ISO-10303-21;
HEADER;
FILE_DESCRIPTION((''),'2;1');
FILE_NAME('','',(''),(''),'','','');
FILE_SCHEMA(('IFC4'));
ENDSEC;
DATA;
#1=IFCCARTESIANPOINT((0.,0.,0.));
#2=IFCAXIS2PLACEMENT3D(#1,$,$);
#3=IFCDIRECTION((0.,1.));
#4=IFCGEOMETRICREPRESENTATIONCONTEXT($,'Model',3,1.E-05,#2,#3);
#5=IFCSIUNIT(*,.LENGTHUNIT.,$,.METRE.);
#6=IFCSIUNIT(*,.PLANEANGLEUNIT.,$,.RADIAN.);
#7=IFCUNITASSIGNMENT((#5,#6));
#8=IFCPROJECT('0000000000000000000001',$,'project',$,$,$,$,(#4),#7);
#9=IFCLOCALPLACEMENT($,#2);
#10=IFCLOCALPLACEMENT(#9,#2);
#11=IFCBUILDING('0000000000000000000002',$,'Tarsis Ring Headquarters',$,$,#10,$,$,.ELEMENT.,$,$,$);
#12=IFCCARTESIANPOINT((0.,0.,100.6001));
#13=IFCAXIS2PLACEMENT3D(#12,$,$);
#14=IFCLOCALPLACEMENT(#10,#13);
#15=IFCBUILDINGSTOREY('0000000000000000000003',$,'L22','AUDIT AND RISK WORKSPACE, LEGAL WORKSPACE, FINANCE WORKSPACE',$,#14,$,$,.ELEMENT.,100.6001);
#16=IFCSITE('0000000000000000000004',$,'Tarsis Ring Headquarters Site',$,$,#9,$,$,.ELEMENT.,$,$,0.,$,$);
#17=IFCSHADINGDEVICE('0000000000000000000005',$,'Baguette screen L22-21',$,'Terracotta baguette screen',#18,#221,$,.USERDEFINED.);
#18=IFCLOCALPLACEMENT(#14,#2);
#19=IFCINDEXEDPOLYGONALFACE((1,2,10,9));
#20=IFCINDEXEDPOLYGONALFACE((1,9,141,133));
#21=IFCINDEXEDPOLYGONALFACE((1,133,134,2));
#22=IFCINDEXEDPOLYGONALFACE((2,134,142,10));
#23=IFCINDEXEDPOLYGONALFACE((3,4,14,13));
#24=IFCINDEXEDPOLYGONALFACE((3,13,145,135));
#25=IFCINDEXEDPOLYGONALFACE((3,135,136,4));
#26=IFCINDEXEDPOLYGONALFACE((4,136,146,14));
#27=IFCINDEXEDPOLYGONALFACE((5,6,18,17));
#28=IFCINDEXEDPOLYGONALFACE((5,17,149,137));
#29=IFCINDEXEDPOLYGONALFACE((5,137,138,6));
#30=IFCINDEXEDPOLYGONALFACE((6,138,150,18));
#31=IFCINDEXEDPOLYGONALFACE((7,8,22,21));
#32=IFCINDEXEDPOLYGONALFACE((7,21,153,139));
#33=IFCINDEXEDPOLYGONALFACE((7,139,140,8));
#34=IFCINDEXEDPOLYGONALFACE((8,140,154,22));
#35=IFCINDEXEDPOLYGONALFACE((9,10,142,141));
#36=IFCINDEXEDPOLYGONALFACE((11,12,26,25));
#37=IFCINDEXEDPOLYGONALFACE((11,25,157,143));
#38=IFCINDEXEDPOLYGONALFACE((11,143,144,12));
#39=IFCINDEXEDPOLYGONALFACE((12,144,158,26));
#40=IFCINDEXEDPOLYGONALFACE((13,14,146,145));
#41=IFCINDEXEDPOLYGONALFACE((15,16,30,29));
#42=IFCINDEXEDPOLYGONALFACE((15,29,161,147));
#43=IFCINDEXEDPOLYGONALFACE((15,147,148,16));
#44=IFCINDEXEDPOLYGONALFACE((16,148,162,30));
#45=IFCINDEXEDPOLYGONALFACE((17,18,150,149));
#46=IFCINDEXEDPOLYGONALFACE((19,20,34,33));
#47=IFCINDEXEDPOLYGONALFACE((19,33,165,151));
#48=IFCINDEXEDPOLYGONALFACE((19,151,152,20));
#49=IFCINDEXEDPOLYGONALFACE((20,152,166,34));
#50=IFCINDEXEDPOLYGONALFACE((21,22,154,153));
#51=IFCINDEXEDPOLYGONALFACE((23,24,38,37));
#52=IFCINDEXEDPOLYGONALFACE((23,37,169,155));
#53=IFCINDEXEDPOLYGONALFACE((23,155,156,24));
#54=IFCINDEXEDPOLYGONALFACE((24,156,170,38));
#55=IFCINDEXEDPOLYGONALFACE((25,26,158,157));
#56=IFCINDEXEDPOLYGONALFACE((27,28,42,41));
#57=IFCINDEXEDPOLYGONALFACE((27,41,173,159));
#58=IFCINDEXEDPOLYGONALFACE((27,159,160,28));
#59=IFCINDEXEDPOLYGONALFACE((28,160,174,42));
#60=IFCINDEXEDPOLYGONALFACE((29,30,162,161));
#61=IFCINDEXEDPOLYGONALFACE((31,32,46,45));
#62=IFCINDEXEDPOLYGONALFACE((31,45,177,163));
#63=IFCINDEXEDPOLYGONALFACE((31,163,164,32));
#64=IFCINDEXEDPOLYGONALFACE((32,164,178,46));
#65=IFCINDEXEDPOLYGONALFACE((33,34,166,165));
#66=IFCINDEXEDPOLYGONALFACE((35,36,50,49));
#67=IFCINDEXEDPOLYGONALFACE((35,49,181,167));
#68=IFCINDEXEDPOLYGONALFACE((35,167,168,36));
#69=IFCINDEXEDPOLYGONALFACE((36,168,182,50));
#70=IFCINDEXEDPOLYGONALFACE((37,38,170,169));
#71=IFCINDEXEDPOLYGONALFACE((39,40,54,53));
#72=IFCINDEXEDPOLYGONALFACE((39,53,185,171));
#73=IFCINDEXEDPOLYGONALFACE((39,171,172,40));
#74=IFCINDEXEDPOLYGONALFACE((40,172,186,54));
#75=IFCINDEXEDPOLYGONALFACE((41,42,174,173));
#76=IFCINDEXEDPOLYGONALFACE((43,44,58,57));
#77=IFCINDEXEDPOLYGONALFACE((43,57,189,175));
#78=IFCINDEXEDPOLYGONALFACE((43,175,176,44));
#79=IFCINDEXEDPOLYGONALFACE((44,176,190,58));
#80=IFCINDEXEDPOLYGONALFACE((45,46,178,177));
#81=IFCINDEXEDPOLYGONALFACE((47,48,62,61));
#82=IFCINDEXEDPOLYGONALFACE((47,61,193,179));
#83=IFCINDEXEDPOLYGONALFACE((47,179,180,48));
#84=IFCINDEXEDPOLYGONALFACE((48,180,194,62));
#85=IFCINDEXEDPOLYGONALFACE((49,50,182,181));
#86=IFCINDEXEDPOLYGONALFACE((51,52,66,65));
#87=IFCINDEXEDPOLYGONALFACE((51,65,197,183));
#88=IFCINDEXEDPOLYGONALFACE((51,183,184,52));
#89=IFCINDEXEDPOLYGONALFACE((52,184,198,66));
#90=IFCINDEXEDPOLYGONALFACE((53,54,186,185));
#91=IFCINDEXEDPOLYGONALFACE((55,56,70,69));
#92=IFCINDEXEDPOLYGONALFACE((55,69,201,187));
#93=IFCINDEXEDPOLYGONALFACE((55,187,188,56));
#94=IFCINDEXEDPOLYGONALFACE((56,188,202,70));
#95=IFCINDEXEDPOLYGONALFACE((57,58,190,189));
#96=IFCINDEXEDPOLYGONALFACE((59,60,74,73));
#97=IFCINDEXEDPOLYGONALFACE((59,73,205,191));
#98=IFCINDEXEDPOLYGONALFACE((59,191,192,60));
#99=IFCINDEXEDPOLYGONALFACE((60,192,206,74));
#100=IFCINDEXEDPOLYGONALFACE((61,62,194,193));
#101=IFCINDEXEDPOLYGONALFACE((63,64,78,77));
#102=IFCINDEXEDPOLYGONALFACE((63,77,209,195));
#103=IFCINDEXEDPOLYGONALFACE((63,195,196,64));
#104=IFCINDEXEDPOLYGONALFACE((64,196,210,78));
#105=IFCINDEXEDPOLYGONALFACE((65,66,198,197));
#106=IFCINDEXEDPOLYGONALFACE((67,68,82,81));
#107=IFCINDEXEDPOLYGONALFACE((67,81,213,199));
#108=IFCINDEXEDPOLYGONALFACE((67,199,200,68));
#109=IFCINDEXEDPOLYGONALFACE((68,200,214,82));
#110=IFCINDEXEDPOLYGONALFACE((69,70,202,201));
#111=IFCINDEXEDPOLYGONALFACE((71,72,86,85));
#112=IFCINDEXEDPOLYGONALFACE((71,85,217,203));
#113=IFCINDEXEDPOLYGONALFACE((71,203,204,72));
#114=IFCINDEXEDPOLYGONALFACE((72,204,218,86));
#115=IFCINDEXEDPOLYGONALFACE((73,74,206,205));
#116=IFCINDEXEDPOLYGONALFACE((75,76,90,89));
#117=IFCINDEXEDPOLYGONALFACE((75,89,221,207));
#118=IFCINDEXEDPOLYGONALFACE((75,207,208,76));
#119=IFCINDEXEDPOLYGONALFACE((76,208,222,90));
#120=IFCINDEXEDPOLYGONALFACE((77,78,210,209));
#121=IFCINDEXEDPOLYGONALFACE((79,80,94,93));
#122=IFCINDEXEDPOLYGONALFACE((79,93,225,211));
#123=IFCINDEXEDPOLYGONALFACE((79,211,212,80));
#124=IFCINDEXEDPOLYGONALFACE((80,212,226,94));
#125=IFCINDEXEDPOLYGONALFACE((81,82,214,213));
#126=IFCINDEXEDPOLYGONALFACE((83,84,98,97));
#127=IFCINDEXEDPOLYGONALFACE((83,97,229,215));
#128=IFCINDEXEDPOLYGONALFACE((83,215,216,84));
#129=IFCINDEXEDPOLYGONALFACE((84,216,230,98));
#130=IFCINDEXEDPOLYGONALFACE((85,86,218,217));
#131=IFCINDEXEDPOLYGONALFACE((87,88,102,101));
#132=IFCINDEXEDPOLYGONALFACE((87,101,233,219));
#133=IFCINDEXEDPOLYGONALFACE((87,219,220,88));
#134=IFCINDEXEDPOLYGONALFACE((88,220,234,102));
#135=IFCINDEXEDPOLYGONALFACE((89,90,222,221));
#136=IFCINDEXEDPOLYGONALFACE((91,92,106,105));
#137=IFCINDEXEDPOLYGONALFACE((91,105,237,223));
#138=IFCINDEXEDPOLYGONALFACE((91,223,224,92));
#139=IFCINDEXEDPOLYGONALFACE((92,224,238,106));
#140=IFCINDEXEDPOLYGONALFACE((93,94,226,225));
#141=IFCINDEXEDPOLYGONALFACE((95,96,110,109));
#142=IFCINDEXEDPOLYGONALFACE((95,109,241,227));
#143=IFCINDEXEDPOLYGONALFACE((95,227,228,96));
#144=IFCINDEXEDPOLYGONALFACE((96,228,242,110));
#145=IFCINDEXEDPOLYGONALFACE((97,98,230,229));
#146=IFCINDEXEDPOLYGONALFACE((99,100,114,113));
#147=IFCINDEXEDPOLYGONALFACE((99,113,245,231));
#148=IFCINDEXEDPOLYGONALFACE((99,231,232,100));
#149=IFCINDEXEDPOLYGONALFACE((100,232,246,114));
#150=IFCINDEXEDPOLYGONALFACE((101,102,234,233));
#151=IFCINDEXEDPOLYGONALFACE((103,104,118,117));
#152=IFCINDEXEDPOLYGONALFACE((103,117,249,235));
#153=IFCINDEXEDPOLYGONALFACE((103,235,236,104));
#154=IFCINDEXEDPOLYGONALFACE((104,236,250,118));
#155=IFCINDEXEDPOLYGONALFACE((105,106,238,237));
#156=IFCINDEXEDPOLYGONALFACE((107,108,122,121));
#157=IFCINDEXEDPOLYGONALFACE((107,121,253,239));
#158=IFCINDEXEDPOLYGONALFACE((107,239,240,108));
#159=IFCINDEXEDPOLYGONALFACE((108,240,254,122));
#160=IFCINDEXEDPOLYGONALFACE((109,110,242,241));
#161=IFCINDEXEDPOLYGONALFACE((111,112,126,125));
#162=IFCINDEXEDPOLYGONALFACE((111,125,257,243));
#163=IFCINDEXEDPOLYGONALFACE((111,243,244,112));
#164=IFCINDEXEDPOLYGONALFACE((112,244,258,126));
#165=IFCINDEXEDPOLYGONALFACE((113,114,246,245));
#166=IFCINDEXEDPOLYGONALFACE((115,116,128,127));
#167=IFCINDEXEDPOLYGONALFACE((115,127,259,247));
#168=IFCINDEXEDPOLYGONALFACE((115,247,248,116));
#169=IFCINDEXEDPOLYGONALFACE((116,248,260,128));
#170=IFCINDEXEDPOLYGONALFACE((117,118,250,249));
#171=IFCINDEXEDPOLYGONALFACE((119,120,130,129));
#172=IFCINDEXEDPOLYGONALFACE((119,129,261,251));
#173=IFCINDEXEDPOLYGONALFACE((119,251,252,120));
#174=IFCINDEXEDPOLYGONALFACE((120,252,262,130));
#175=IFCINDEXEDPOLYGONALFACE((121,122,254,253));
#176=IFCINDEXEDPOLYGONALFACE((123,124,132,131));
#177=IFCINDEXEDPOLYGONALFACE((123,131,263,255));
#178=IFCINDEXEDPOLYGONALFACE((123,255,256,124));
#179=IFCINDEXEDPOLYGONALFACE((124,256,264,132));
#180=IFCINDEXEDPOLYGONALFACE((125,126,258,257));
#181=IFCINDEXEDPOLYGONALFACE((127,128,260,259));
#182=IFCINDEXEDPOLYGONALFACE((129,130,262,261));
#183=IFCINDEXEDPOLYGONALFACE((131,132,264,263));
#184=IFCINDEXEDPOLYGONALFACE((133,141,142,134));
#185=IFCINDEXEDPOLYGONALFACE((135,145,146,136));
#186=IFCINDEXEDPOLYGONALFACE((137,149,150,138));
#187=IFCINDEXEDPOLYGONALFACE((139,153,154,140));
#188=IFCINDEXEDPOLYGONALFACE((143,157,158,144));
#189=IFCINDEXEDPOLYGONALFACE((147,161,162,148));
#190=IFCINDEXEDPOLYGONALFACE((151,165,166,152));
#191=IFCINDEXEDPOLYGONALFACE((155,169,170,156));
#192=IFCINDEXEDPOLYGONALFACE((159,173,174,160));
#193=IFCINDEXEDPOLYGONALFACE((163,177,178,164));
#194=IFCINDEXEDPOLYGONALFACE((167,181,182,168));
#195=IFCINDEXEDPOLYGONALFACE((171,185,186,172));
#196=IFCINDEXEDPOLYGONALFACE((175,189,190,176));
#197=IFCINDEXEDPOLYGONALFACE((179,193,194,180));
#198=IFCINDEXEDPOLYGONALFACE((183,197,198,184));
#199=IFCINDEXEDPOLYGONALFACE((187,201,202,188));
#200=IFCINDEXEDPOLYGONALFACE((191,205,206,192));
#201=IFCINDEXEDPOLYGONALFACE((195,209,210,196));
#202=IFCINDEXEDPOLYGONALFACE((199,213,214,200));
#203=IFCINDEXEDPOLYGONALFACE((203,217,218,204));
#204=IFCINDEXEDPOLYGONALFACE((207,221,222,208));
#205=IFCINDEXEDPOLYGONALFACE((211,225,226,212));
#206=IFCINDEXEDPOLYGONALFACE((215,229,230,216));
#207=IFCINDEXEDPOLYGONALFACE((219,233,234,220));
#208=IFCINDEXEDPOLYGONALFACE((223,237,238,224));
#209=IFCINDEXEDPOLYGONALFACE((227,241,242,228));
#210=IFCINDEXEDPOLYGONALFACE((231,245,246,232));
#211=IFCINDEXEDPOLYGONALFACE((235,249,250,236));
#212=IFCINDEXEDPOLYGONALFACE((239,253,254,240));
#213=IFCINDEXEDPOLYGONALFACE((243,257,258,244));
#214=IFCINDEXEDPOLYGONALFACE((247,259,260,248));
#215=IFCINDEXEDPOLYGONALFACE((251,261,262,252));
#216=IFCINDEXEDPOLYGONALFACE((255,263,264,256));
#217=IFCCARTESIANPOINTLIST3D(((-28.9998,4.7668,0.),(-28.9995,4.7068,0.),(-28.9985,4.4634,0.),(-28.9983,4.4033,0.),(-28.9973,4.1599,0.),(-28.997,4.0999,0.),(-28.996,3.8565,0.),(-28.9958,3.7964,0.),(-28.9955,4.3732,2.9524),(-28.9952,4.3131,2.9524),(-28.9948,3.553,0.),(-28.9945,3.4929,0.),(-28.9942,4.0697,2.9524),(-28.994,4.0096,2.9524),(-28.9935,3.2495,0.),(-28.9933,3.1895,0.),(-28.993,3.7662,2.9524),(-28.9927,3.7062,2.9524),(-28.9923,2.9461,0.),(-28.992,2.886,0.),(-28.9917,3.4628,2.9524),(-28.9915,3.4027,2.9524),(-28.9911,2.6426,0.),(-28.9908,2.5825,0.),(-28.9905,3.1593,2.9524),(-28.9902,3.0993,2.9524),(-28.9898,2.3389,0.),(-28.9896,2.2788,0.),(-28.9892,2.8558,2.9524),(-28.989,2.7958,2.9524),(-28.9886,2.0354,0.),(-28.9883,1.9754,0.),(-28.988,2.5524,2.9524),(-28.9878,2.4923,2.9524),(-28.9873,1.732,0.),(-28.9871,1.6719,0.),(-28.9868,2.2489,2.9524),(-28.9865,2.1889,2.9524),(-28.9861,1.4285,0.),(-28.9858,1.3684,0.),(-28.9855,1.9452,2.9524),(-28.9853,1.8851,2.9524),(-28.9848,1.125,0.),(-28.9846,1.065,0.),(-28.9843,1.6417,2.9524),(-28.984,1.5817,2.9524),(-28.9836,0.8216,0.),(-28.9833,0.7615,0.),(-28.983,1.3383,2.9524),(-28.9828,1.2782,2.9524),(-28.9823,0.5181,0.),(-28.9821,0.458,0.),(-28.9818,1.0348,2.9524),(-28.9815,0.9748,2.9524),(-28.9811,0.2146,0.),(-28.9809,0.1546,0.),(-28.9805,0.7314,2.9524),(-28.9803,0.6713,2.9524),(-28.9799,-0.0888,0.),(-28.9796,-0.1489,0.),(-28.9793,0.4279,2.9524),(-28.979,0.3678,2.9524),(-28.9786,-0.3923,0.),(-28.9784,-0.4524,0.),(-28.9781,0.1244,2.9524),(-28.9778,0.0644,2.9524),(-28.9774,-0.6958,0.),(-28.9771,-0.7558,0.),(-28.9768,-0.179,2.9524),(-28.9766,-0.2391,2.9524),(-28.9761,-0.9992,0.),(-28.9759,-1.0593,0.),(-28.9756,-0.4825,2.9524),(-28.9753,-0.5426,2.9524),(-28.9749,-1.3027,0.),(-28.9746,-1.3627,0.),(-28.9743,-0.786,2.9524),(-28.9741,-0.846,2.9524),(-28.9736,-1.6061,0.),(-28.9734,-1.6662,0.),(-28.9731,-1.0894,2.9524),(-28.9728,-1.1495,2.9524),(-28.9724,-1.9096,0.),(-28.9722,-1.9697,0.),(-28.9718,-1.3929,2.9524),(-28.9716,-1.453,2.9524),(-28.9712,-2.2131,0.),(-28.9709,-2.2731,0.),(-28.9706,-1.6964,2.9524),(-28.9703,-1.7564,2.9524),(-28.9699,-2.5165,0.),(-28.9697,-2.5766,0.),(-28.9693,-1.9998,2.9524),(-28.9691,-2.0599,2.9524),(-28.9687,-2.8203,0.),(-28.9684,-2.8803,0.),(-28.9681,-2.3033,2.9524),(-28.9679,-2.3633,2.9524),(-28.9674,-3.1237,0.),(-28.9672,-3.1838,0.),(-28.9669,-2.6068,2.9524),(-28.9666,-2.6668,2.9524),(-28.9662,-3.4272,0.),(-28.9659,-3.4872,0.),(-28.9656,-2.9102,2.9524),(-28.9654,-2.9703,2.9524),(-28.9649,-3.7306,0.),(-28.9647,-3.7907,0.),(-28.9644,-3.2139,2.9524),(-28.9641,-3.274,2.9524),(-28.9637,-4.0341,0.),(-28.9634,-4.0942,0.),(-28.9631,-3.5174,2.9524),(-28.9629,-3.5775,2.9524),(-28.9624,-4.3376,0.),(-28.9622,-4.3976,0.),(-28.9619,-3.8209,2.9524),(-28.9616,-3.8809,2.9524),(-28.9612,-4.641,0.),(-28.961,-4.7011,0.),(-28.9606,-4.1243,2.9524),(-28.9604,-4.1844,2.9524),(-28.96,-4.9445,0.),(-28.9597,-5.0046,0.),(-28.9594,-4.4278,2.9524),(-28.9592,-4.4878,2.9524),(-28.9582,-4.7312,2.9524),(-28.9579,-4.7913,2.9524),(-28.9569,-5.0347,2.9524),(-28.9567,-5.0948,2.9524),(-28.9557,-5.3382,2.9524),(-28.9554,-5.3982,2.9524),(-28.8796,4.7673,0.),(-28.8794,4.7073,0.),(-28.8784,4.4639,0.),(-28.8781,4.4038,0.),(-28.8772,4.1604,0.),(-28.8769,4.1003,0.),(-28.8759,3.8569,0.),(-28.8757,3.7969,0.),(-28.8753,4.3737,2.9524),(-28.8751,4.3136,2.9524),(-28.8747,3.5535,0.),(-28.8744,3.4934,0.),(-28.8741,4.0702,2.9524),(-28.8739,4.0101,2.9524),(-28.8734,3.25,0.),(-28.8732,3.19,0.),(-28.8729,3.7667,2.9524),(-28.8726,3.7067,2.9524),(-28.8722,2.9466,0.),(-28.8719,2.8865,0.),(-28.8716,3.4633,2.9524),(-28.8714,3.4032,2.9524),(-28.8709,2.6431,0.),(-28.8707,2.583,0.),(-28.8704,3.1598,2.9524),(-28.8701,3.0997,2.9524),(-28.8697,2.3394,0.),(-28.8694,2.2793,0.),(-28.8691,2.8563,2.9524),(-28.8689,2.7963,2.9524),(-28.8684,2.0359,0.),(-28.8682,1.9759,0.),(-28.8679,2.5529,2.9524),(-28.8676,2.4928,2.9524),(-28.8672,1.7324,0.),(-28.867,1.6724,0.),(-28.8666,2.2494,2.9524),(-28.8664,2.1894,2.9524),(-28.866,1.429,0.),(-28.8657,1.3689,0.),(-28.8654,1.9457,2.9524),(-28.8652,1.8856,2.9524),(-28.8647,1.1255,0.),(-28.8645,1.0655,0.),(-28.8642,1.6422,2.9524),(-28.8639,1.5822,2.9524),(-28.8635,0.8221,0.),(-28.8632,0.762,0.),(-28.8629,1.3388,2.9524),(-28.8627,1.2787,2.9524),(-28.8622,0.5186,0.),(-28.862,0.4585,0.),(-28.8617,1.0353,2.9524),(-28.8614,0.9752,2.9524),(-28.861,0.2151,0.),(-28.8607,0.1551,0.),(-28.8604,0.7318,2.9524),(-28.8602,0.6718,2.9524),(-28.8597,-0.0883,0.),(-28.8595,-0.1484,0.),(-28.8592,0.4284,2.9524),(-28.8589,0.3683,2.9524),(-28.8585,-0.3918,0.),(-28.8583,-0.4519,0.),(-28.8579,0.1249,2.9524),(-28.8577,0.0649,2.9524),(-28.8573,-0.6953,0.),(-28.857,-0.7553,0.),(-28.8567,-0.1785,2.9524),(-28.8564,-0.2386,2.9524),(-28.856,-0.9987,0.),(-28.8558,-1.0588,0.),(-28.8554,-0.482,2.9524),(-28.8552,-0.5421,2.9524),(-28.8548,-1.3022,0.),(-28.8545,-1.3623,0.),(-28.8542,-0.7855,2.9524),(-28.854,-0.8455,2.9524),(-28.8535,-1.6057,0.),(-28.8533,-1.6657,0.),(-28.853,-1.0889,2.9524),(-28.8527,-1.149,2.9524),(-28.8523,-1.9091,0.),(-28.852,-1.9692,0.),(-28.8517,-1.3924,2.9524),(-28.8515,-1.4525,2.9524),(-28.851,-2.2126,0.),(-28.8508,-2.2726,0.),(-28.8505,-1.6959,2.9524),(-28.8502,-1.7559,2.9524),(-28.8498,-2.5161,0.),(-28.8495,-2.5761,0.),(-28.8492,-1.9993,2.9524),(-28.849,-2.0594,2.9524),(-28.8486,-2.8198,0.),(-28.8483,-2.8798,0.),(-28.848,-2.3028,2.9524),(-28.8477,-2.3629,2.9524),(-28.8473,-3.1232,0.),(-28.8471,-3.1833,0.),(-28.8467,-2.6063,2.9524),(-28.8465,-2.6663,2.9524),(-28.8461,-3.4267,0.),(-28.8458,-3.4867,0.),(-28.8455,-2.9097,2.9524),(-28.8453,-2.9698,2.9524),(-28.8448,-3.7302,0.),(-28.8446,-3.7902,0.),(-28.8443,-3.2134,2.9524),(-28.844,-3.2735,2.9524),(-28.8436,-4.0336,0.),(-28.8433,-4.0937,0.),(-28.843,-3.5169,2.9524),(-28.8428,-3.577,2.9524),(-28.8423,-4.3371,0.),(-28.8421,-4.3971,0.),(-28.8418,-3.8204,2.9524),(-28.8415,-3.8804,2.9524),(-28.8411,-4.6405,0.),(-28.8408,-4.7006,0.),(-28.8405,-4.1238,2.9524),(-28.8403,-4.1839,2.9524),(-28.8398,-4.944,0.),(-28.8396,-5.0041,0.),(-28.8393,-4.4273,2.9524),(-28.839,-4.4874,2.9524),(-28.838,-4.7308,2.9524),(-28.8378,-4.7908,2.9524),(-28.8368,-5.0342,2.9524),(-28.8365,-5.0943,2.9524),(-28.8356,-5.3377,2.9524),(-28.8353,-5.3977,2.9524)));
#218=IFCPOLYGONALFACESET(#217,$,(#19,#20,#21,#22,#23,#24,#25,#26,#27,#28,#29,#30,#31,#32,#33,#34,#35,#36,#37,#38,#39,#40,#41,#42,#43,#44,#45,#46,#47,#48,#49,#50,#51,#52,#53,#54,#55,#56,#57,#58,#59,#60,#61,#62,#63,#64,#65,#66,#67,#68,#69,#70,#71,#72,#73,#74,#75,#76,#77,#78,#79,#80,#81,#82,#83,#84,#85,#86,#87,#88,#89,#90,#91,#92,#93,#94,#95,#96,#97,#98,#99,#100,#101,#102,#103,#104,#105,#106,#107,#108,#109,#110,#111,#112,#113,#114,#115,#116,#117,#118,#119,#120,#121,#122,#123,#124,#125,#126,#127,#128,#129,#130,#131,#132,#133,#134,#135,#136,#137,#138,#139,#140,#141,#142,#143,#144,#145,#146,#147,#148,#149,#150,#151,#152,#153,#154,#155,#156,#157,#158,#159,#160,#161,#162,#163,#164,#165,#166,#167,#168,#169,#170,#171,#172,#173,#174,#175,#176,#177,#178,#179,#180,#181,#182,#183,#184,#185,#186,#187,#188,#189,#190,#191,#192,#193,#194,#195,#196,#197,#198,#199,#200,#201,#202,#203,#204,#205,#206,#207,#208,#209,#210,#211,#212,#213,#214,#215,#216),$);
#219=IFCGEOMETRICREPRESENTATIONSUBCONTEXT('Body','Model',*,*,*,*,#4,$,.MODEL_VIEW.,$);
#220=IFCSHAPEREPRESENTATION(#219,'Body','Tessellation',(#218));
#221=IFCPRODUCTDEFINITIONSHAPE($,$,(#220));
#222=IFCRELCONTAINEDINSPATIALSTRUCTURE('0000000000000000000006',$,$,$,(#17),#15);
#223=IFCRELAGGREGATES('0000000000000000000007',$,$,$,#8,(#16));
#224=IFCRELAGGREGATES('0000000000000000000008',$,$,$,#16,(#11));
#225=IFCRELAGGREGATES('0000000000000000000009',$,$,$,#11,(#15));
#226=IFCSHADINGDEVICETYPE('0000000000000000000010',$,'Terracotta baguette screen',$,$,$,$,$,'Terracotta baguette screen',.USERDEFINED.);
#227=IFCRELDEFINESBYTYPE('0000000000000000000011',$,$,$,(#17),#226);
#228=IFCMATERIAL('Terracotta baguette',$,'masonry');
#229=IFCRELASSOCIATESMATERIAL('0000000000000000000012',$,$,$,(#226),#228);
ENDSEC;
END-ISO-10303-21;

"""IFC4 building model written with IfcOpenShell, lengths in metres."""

from ifc_helpers import new_model, si_unit, direction, frame, frame_2d, origin, place, context, subcontext, project, spatial, rectangle, composite_profile, extrude, material, type_object, element, save


model = new_model("IFC4")

# Units and contexts
model_context = context("Model", 3, precision=1e-05, world=origin(), true_north=direction((0.0, 1.0)))
body_context = subcontext(model_context, "Body", "Model", "MODEL_VIEW")
ifc_project = project(units=[si_unit("LENGTHUNIT", "METRE"), si_unit("PLANEANGLEUNIT", "RADIAN")], contexts=[model_context])

# Site, building, storey
site_placement = place(None, origin())
site = spatial("IfcSite", under=ifc_project, at=site_placement, Name="Tarsis Ring Headquarters Site", CompositionType="ELEMENT", RefElevation=0.0)
building_placement = place(site_placement, origin())
building = spatial("IfcBuilding", under=site, at=building_placement, Name="Tarsis Ring Headquarters", CompositionType="ELEMENT")
storey_placement = place(building_placement, frame((0.0, 0.0, 100.6001)))
storey = spatial("IfcBuildingStorey", under=building, at=storey_placement, Name="L22", Description="AUDIT AND RISK WORKSPACE, LEGAL WORKSPACE, FINANCE WORKSPACE", CompositionType="ELEMENT", Elevation=100.6001)

# Shading device
ifc_material_1 = material(Name="Terracotta baguette", Category="masonry")
shading_device_type = type_object("IfcShadingDeviceType", Name="Terracotta baguette screen", ElementType="Terracotta baguette screen", PredefinedType="USERDEFINED", material=ifc_material_1)
shading_device_placement = place(storey_placement, frame((-28.9397, 4.7671, 0.0), z_axis=(0.0, 0.0, 1.0), x_axis=(0.004098, -1.0, 0.0)))
element("IfcShadingDevice", 1, at=shading_device_placement, inside=storey, type_object=shading_device_type, Name="Baguette screen L22-21", ObjectType="Terracotta baguette screen", PredefinedType="USERDEFINED", context=body_context, shape_type="SweptSolid", body=[
    extrude(composite_profile([rectangle(XDim=0.0601, YDim=0.1201, at=frame_2d((0.03, 0.0))), rectangle(XDim=0.0601, YDim=0.1201, at=frame_2d((0.3335, 0.0))), rectangle(XDim=0.0601, YDim=0.1201, at=frame_2d((0.637, 0.0))), rectangle(XDim=0.0601, YDim=0.1201, at=frame_2d((0.9404, 0.0))), rectangle(XDim=0.0601, YDim=0.1201, at=frame_2d((1.2439, 0.0))), rectangle(XDim=0.0601, YDim=0.1201, at=frame_2d((1.5474, 0.0))), rectangle(XDim=0.0601, YDim=0.1201, at=frame_2d((1.8508, 0.0))), rectangle(XDim=0.0601, YDim=0.1201, at=frame_2d((2.1543, 0.0))), rectangle(XDim=0.0601, YDim=0.1201, at=frame_2d((2.458, 0.0))), rectangle(XDim=0.0601, YDim=0.1201, at=frame_2d((2.7615, 0.0))), rectangle(XDim=0.0601, YDim=0.1201, at=frame_2d((3.0649, 0.0))), rectangle(XDim=0.0601, YDim=0.1201, at=frame_2d((3.3684, 0.0))), rectangle(XDim=0.0601, YDim=0.1201, at=frame_2d((3.6719, 0.0))), rectangle(XDim=0.0601, YDim=0.1201, at=frame_2d((3.9753, 0.0))), rectangle(XDim=0.0601, YDim=0.1201, at=frame_2d((4.2788, 0.0))), rectangle(XDim=0.0601, YDim=0.1201, at=frame_2d((4.5823, 0.0))), rectangle(XDim=0.0601, YDim=0.1201, at=frame_2d((4.8857, 0.0))), rectangle(XDim=0.0601, YDim=0.1201, at=frame_2d((5.1892, 0.0))), rectangle(XDim=0.0601, YDim=0.1201, at=frame_2d((5.4927, 0.0))), rectangle(XDim=0.0601, YDim=0.1201, at=frame_2d((5.7961, 0.0))), rectangle(XDim=0.0601, YDim=0.1201, at=frame_2d((6.0996, 0.0))), rectangle(XDim=0.0601, YDim=0.1201, at=frame_2d((6.4031, 0.0))), rectangle(XDim=0.0601, YDim=0.1201, at=frame_2d((6.7065, 0.0))), rectangle(XDim=0.0601, YDim=0.1201, at=frame_2d((7.01, 0.0))), rectangle(XDim=0.0601, YDim=0.1201, at=frame_2d((7.3135, 0.0))), rectangle(XDim=0.0601, YDim=0.1201, at=frame_2d((7.6172, 0.0))), rectangle(XDim=0.0601, YDim=0.1201, at=frame_2d((7.9207, 0.0))), rectangle(XDim=0.0601, YDim=0.1201, at=frame_2d((8.2241, 0.0))), rectangle(XDim=0.0601, YDim=0.1201, at=frame_2d((8.5276, 0.0))), rectangle(XDim=0.0601, YDim=0.1201, at=frame_2d((8.8311, 0.0))), rectangle(XDim=0.0601, YDim=0.1201, at=frame_2d((9.1345, 0.0))), rectangle(XDim=0.0601, YDim=0.1201, at=frame_2d((9.438, 0.0))), rectangle(XDim=0.0601, YDim=0.1201, at=frame_2d((9.7415, 0.0)))]), origin(), (0.132177, 0.0009, 0.991226), 2.9785),
])

save(model, "model.ifc")
